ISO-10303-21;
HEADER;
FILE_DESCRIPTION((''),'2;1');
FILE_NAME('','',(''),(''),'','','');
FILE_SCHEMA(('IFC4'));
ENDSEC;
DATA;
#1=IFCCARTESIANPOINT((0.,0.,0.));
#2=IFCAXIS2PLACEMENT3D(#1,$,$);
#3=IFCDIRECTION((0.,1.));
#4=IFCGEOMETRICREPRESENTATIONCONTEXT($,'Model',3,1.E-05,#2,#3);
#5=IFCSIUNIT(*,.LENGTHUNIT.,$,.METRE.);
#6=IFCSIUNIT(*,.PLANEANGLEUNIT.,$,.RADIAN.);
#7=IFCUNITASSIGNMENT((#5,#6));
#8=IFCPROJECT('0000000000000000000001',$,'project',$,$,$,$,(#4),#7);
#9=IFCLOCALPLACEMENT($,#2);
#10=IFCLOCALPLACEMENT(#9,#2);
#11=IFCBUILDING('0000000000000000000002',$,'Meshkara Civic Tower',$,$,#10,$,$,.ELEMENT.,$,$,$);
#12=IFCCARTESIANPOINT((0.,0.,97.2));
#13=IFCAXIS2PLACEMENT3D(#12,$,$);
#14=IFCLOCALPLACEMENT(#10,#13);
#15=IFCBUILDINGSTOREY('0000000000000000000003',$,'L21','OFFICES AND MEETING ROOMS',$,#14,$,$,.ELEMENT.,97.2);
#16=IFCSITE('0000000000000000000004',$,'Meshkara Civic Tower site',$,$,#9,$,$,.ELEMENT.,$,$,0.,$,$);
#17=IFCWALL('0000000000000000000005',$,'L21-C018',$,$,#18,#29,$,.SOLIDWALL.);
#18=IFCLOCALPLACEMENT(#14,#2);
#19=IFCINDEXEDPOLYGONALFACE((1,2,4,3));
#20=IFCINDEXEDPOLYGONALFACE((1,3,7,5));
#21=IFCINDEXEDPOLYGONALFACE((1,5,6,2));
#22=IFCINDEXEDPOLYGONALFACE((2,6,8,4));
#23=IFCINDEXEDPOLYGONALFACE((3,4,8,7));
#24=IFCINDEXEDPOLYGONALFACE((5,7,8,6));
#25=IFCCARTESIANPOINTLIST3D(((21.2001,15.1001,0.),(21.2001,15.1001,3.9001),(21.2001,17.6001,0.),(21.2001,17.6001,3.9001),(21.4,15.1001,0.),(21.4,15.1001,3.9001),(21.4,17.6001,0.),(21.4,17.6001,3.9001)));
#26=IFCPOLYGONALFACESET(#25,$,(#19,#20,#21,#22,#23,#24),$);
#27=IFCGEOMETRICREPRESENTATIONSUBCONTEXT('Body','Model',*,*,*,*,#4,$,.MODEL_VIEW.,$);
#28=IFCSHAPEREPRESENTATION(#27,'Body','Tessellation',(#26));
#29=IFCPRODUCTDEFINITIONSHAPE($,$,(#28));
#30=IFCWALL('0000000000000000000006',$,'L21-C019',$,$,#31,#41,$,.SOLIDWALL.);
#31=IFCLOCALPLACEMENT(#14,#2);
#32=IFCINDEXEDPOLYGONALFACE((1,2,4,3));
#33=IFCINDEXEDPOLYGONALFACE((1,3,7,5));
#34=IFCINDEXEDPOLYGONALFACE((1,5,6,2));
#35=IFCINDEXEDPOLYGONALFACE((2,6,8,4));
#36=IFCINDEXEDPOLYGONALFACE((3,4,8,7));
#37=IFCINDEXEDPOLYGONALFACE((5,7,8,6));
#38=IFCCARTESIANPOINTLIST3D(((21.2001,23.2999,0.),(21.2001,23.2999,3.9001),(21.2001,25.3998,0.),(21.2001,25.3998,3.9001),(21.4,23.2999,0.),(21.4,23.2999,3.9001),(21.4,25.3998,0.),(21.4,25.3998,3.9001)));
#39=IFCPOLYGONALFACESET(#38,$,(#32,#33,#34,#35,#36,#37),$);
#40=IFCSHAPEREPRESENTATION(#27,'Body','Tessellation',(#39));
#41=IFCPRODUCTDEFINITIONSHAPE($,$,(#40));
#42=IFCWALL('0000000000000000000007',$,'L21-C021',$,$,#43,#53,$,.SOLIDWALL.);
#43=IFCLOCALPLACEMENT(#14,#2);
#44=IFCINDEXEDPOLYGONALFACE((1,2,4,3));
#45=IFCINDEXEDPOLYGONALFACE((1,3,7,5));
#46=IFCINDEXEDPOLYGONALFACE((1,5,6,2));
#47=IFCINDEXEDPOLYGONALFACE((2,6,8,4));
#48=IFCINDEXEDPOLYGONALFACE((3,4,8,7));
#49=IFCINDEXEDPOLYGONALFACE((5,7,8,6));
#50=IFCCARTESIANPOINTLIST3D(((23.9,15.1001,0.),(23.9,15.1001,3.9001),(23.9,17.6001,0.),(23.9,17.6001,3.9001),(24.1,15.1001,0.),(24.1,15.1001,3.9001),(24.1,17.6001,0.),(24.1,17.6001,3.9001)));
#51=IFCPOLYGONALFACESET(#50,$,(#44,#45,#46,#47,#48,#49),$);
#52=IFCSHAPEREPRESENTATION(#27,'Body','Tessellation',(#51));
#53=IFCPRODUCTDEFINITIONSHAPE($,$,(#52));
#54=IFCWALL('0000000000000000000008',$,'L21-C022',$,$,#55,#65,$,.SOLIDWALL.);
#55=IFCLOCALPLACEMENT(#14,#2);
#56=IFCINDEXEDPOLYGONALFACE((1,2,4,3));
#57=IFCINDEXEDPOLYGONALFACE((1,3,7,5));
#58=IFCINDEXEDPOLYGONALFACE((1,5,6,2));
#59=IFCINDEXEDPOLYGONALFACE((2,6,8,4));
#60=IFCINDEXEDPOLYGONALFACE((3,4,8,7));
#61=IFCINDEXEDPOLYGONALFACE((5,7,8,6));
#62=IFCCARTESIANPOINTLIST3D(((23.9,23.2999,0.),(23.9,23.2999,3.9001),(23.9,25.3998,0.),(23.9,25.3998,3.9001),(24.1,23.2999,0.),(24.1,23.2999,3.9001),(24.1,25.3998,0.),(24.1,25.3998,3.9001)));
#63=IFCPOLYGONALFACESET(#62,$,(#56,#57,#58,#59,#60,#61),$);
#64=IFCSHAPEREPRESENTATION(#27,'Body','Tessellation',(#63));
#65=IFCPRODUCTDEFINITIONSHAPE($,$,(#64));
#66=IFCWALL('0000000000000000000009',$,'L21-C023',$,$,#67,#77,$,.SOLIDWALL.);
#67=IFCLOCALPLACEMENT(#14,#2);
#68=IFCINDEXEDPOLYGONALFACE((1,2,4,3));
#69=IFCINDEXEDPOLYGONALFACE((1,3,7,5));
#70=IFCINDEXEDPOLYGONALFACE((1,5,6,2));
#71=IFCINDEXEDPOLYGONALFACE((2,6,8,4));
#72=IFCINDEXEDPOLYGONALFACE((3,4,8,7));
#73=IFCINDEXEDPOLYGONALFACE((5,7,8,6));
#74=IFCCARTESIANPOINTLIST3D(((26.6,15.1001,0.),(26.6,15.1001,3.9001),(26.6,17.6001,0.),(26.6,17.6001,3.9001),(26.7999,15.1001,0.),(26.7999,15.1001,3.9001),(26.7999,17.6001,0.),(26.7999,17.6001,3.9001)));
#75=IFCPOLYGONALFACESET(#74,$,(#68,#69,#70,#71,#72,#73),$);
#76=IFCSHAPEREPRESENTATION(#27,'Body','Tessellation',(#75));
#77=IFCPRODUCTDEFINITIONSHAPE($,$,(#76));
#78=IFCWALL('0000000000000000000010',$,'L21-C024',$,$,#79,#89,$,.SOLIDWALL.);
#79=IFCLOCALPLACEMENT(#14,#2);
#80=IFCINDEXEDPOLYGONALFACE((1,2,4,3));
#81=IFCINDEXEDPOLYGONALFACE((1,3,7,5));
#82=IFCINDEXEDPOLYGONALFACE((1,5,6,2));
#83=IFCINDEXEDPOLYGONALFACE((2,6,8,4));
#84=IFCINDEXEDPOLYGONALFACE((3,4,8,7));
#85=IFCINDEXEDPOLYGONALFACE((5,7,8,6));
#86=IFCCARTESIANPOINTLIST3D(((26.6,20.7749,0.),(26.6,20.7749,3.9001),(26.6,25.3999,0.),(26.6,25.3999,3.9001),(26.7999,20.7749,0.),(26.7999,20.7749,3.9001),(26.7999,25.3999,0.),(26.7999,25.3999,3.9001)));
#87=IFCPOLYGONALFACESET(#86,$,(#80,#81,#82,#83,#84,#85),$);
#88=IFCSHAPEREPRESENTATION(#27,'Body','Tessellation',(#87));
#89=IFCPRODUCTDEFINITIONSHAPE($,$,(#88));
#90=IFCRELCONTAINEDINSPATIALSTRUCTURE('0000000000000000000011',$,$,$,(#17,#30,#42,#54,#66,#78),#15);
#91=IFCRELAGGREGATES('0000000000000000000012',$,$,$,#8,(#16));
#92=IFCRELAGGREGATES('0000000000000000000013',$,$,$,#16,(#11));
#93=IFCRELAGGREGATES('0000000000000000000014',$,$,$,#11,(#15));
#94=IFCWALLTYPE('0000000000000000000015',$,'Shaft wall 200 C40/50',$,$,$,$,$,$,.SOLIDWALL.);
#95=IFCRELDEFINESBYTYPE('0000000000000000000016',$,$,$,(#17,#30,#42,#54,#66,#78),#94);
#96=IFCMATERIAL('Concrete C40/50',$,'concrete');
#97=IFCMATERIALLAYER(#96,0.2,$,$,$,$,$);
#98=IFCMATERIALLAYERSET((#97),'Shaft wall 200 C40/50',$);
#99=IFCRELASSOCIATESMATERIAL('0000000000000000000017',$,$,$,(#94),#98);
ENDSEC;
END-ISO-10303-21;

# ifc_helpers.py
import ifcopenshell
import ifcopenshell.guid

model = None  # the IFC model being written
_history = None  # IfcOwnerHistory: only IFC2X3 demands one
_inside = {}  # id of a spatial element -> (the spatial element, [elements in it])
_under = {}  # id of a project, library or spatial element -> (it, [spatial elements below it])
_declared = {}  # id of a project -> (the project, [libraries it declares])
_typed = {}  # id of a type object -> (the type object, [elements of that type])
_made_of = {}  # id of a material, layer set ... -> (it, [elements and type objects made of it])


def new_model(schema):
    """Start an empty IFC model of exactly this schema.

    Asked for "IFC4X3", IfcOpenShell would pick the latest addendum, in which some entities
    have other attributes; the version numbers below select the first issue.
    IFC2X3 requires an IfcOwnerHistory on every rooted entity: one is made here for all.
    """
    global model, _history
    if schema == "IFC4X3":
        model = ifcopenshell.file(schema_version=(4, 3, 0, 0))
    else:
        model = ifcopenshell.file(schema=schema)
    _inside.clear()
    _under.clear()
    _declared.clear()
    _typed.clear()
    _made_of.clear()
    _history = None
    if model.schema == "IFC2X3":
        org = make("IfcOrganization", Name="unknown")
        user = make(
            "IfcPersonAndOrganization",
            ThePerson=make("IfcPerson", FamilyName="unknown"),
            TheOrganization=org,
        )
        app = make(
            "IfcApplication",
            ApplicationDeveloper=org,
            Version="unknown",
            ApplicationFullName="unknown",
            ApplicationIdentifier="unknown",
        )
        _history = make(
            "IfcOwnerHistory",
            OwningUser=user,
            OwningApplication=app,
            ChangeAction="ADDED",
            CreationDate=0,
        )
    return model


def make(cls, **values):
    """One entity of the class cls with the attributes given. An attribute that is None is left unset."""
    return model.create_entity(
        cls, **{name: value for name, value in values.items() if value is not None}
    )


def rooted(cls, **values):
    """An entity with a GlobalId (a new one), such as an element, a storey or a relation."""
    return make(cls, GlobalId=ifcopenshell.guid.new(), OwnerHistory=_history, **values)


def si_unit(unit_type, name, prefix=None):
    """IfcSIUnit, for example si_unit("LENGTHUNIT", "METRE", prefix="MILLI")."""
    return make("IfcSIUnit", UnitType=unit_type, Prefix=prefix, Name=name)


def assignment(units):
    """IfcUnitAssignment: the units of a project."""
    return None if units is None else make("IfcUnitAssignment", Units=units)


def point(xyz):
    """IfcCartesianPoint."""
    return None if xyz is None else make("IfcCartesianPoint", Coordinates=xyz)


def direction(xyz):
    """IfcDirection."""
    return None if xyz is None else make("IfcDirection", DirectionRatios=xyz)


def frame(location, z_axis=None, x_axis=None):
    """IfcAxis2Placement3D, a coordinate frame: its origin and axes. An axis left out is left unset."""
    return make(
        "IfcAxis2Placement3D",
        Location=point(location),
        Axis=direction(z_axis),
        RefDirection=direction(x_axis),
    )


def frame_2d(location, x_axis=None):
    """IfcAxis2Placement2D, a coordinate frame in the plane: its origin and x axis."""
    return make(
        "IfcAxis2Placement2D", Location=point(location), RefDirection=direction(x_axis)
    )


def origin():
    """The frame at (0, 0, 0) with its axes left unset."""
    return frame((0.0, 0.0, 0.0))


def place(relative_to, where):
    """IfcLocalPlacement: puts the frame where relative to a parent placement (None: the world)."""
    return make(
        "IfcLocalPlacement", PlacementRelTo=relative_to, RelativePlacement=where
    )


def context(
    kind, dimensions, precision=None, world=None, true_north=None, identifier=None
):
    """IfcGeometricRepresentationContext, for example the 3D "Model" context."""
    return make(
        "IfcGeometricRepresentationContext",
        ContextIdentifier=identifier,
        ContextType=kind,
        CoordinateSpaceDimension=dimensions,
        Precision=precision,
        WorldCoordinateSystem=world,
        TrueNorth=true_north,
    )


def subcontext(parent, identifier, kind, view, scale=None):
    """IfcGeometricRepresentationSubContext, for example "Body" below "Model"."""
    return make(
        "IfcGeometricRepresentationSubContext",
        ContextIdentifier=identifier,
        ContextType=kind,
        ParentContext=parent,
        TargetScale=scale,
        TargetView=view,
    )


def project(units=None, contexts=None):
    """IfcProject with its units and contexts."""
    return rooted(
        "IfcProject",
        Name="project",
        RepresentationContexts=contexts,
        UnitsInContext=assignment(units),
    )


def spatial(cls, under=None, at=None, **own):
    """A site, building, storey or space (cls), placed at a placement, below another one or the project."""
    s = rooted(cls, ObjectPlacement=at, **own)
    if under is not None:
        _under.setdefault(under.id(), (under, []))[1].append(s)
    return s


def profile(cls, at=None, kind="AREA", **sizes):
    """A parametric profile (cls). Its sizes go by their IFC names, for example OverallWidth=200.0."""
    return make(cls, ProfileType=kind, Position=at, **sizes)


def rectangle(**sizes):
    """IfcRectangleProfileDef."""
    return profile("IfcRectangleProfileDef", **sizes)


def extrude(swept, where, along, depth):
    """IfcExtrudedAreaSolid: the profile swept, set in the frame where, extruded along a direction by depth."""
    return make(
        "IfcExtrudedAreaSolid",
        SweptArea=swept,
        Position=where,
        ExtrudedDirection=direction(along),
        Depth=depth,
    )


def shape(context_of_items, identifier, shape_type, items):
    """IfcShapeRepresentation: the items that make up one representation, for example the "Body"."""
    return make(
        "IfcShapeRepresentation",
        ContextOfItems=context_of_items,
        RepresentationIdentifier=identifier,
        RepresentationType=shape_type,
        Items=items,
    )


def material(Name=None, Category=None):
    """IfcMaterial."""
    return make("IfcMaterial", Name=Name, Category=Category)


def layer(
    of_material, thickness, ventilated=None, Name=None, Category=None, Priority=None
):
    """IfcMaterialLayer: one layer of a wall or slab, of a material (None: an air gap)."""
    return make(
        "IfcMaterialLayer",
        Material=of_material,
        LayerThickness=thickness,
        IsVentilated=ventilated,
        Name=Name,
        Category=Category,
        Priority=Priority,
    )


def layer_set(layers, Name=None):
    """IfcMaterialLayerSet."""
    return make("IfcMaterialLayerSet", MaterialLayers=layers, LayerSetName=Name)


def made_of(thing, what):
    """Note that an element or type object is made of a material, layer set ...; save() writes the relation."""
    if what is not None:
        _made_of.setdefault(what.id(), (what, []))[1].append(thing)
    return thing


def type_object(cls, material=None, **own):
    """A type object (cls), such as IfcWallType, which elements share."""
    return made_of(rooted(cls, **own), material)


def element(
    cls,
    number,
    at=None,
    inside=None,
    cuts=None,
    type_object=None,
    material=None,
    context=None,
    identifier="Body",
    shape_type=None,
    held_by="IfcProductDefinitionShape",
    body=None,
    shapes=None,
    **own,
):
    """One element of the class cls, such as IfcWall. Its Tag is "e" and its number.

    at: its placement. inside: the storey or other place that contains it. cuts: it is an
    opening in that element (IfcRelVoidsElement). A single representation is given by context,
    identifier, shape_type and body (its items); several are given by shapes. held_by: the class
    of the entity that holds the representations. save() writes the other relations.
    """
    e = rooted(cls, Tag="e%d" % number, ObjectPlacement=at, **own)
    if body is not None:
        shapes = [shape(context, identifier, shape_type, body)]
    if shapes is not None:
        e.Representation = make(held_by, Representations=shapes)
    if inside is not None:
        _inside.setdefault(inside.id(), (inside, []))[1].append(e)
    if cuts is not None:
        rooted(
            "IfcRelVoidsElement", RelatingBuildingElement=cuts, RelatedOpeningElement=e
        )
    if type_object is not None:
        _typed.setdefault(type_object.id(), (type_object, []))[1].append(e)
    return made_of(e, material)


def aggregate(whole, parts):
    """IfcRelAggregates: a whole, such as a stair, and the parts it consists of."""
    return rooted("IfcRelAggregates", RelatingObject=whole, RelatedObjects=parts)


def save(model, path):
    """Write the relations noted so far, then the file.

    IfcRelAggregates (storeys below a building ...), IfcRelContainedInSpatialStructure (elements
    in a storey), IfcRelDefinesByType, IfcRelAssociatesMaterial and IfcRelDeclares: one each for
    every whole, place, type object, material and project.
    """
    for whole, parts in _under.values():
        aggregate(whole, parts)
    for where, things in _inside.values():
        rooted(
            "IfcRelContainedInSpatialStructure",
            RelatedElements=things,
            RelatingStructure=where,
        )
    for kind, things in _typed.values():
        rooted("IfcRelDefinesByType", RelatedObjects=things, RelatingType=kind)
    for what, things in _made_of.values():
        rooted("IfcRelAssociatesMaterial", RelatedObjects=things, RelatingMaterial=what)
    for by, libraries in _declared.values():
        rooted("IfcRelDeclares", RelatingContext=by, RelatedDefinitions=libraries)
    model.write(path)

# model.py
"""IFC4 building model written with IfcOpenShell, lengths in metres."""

from ifc_helpers import new_model, si_unit, direction, frame, frame_2d, origin, place, context, subcontext, project, spatial, rectangle, extrude, material, layer, layer_set, type_object, element, save


model = new_model("IFC4")

# Units and contexts
model_context = context("Model", 3, precision=1e-05, world=origin(), true_north=direction((0.0, 1.0)))
body_context = subcontext(model_context, "Body", "Model", "MODEL_VIEW")
ifc_project = project(units=[si_unit("LENGTHUNIT", "METRE"), si_unit("PLANEANGLEUNIT", "RADIAN")], contexts=[model_context])

# Site, building, storey
site_placement = place(None, origin())
site = spatial("IfcSite", under=ifc_project, at=site_placement, Name="Meshkara Civic Tower site", CompositionType="ELEMENT", RefElevation=0.0)
building_placement = place(site_placement, origin())
building = spatial("IfcBuilding", under=site, at=building_placement, Name="Meshkara Civic Tower", CompositionType="ELEMENT")
storey_placement = place(building_placement, frame((0.0, 0.0, 97.2)))
storey = spatial("IfcBuildingStorey", under=building, at=storey_placement, Name="L21", Description="OFFICES AND MEETING ROOMS", CompositionType="ELEMENT", Elevation=97.2)

# Shared definitions
ifc_material_1 = material(Name="Concrete C40/50", Category="concrete")
ifc_layer_1 = layer(ifc_material_1, 0.2)
ifc_layer_set_1 = layer_set([ifc_layer_1], Name="Shaft wall 200 C40/50")
wall_type_1 = type_object("IfcWallType", Name="Shaft wall 200 C40/50", PredefinedType="SOLIDWALL", material=ifc_layer_set_1)

# Walls
wall_1_placement = place(storey_placement, frame((21.3, 15.1001, 0.0), z_axis=(0.0, 0.0, 1.0), x_axis=(0.0, 1.0, 0.0)))
element("IfcWall", 1, at=wall_1_placement, inside=storey, type_object=wall_type_1, Name="L21-C018", PredefinedType="SOLIDWALL", context=body_context, shape_type="SweptSolid", body=[
    extrude(rectangle(XDim=2.5, YDim=0.2, at=frame_2d((1.25, 0.0))), origin(), (0.0, 0.0, 1.0), 3.9001),
])
wall_2_placement = place(storey_placement, frame((21.3, 23.3, 0.0), z_axis=(0.0, 0.0, 1.0), x_axis=(0.0, 1.0, 0.0)))
element("IfcWall", 2, at=wall_2_placement, inside=storey, type_object=wall_type_1, Name="L21-C019", PredefinedType="SOLIDWALL", context=body_context, shape_type="SweptSolid", body=[
    extrude(rectangle(XDim=2.0999, YDim=0.2, at=frame_2d((1.0498, 0.0))), origin(), (0.0, 0.0, 1.0), 3.9001),
])
wall_3_placement = place(storey_placement, frame((24.0, 15.1001, 0.0), z_axis=(0.0, 0.0, 1.0), x_axis=(0.0, 1.0, 0.0)))
element("IfcWall", 3, at=wall_3_placement, inside=storey, type_object=wall_type_1, Name="L21-C021", PredefinedType="SOLIDWALL", context=body_context, shape_type="SweptSolid", body=[
    extrude(rectangle(XDim=2.5, YDim=0.2, at=frame_2d((1.25, 0.0))), origin(), (0.0, 0.0, 1.0), 3.9001),
])
wall_4_placement = place(storey_placement, frame((24.0, 23.3, 0.0), z_axis=(0.0, 0.0, 1.0), x_axis=(0.0, 1.0, 0.0)))
element("IfcWall", 4, at=wall_4_placement, inside=storey, type_object=wall_type_1, Name="L21-C022", PredefinedType="SOLIDWALL", context=body_context, shape_type="SweptSolid", body=[
    extrude(rectangle(XDim=2.0999, YDim=0.2, at=frame_2d((1.0498, 0.0))), origin(), (0.0, 0.0, 1.0), 3.9001),
])
wall_5_placement = place(storey_placement, frame((26.7, 15.1001, 0.0), z_axis=(0.0, 0.0, 1.0), x_axis=(0.0, 1.0, 0.0)))
element("IfcWall", 5, at=wall_5_placement, inside=storey, type_object=wall_type_1, Name="L21-C023", PredefinedType="SOLIDWALL", context=body_context, shape_type="SweptSolid", body=[
    extrude(rectangle(XDim=2.5, YDim=0.2, at=frame_2d((1.25, 0.0))), origin(), (0.0, 0.0, 1.0), 3.9001),
])
wall_6_placement = place(storey_placement, frame((26.7, 20.7749, 0.0), z_axis=(0.0, 0.0, 1.0), x_axis=(0.0, 1.0, 0.0)))
element("IfcWall", 6, at=wall_6_placement, inside=storey, type_object=wall_type_1, Name="L21-C024", PredefinedType="SOLIDWALL", context=body_context, shape_type="SweptSolid", body=[
    extrude(rectangle(XDim=4.625, YDim=0.2, at=frame_2d((2.3125, 0.0))), origin(), (0.0, 0.0, 1.0), 3.9001),
])

save(model, "model.ifc")
